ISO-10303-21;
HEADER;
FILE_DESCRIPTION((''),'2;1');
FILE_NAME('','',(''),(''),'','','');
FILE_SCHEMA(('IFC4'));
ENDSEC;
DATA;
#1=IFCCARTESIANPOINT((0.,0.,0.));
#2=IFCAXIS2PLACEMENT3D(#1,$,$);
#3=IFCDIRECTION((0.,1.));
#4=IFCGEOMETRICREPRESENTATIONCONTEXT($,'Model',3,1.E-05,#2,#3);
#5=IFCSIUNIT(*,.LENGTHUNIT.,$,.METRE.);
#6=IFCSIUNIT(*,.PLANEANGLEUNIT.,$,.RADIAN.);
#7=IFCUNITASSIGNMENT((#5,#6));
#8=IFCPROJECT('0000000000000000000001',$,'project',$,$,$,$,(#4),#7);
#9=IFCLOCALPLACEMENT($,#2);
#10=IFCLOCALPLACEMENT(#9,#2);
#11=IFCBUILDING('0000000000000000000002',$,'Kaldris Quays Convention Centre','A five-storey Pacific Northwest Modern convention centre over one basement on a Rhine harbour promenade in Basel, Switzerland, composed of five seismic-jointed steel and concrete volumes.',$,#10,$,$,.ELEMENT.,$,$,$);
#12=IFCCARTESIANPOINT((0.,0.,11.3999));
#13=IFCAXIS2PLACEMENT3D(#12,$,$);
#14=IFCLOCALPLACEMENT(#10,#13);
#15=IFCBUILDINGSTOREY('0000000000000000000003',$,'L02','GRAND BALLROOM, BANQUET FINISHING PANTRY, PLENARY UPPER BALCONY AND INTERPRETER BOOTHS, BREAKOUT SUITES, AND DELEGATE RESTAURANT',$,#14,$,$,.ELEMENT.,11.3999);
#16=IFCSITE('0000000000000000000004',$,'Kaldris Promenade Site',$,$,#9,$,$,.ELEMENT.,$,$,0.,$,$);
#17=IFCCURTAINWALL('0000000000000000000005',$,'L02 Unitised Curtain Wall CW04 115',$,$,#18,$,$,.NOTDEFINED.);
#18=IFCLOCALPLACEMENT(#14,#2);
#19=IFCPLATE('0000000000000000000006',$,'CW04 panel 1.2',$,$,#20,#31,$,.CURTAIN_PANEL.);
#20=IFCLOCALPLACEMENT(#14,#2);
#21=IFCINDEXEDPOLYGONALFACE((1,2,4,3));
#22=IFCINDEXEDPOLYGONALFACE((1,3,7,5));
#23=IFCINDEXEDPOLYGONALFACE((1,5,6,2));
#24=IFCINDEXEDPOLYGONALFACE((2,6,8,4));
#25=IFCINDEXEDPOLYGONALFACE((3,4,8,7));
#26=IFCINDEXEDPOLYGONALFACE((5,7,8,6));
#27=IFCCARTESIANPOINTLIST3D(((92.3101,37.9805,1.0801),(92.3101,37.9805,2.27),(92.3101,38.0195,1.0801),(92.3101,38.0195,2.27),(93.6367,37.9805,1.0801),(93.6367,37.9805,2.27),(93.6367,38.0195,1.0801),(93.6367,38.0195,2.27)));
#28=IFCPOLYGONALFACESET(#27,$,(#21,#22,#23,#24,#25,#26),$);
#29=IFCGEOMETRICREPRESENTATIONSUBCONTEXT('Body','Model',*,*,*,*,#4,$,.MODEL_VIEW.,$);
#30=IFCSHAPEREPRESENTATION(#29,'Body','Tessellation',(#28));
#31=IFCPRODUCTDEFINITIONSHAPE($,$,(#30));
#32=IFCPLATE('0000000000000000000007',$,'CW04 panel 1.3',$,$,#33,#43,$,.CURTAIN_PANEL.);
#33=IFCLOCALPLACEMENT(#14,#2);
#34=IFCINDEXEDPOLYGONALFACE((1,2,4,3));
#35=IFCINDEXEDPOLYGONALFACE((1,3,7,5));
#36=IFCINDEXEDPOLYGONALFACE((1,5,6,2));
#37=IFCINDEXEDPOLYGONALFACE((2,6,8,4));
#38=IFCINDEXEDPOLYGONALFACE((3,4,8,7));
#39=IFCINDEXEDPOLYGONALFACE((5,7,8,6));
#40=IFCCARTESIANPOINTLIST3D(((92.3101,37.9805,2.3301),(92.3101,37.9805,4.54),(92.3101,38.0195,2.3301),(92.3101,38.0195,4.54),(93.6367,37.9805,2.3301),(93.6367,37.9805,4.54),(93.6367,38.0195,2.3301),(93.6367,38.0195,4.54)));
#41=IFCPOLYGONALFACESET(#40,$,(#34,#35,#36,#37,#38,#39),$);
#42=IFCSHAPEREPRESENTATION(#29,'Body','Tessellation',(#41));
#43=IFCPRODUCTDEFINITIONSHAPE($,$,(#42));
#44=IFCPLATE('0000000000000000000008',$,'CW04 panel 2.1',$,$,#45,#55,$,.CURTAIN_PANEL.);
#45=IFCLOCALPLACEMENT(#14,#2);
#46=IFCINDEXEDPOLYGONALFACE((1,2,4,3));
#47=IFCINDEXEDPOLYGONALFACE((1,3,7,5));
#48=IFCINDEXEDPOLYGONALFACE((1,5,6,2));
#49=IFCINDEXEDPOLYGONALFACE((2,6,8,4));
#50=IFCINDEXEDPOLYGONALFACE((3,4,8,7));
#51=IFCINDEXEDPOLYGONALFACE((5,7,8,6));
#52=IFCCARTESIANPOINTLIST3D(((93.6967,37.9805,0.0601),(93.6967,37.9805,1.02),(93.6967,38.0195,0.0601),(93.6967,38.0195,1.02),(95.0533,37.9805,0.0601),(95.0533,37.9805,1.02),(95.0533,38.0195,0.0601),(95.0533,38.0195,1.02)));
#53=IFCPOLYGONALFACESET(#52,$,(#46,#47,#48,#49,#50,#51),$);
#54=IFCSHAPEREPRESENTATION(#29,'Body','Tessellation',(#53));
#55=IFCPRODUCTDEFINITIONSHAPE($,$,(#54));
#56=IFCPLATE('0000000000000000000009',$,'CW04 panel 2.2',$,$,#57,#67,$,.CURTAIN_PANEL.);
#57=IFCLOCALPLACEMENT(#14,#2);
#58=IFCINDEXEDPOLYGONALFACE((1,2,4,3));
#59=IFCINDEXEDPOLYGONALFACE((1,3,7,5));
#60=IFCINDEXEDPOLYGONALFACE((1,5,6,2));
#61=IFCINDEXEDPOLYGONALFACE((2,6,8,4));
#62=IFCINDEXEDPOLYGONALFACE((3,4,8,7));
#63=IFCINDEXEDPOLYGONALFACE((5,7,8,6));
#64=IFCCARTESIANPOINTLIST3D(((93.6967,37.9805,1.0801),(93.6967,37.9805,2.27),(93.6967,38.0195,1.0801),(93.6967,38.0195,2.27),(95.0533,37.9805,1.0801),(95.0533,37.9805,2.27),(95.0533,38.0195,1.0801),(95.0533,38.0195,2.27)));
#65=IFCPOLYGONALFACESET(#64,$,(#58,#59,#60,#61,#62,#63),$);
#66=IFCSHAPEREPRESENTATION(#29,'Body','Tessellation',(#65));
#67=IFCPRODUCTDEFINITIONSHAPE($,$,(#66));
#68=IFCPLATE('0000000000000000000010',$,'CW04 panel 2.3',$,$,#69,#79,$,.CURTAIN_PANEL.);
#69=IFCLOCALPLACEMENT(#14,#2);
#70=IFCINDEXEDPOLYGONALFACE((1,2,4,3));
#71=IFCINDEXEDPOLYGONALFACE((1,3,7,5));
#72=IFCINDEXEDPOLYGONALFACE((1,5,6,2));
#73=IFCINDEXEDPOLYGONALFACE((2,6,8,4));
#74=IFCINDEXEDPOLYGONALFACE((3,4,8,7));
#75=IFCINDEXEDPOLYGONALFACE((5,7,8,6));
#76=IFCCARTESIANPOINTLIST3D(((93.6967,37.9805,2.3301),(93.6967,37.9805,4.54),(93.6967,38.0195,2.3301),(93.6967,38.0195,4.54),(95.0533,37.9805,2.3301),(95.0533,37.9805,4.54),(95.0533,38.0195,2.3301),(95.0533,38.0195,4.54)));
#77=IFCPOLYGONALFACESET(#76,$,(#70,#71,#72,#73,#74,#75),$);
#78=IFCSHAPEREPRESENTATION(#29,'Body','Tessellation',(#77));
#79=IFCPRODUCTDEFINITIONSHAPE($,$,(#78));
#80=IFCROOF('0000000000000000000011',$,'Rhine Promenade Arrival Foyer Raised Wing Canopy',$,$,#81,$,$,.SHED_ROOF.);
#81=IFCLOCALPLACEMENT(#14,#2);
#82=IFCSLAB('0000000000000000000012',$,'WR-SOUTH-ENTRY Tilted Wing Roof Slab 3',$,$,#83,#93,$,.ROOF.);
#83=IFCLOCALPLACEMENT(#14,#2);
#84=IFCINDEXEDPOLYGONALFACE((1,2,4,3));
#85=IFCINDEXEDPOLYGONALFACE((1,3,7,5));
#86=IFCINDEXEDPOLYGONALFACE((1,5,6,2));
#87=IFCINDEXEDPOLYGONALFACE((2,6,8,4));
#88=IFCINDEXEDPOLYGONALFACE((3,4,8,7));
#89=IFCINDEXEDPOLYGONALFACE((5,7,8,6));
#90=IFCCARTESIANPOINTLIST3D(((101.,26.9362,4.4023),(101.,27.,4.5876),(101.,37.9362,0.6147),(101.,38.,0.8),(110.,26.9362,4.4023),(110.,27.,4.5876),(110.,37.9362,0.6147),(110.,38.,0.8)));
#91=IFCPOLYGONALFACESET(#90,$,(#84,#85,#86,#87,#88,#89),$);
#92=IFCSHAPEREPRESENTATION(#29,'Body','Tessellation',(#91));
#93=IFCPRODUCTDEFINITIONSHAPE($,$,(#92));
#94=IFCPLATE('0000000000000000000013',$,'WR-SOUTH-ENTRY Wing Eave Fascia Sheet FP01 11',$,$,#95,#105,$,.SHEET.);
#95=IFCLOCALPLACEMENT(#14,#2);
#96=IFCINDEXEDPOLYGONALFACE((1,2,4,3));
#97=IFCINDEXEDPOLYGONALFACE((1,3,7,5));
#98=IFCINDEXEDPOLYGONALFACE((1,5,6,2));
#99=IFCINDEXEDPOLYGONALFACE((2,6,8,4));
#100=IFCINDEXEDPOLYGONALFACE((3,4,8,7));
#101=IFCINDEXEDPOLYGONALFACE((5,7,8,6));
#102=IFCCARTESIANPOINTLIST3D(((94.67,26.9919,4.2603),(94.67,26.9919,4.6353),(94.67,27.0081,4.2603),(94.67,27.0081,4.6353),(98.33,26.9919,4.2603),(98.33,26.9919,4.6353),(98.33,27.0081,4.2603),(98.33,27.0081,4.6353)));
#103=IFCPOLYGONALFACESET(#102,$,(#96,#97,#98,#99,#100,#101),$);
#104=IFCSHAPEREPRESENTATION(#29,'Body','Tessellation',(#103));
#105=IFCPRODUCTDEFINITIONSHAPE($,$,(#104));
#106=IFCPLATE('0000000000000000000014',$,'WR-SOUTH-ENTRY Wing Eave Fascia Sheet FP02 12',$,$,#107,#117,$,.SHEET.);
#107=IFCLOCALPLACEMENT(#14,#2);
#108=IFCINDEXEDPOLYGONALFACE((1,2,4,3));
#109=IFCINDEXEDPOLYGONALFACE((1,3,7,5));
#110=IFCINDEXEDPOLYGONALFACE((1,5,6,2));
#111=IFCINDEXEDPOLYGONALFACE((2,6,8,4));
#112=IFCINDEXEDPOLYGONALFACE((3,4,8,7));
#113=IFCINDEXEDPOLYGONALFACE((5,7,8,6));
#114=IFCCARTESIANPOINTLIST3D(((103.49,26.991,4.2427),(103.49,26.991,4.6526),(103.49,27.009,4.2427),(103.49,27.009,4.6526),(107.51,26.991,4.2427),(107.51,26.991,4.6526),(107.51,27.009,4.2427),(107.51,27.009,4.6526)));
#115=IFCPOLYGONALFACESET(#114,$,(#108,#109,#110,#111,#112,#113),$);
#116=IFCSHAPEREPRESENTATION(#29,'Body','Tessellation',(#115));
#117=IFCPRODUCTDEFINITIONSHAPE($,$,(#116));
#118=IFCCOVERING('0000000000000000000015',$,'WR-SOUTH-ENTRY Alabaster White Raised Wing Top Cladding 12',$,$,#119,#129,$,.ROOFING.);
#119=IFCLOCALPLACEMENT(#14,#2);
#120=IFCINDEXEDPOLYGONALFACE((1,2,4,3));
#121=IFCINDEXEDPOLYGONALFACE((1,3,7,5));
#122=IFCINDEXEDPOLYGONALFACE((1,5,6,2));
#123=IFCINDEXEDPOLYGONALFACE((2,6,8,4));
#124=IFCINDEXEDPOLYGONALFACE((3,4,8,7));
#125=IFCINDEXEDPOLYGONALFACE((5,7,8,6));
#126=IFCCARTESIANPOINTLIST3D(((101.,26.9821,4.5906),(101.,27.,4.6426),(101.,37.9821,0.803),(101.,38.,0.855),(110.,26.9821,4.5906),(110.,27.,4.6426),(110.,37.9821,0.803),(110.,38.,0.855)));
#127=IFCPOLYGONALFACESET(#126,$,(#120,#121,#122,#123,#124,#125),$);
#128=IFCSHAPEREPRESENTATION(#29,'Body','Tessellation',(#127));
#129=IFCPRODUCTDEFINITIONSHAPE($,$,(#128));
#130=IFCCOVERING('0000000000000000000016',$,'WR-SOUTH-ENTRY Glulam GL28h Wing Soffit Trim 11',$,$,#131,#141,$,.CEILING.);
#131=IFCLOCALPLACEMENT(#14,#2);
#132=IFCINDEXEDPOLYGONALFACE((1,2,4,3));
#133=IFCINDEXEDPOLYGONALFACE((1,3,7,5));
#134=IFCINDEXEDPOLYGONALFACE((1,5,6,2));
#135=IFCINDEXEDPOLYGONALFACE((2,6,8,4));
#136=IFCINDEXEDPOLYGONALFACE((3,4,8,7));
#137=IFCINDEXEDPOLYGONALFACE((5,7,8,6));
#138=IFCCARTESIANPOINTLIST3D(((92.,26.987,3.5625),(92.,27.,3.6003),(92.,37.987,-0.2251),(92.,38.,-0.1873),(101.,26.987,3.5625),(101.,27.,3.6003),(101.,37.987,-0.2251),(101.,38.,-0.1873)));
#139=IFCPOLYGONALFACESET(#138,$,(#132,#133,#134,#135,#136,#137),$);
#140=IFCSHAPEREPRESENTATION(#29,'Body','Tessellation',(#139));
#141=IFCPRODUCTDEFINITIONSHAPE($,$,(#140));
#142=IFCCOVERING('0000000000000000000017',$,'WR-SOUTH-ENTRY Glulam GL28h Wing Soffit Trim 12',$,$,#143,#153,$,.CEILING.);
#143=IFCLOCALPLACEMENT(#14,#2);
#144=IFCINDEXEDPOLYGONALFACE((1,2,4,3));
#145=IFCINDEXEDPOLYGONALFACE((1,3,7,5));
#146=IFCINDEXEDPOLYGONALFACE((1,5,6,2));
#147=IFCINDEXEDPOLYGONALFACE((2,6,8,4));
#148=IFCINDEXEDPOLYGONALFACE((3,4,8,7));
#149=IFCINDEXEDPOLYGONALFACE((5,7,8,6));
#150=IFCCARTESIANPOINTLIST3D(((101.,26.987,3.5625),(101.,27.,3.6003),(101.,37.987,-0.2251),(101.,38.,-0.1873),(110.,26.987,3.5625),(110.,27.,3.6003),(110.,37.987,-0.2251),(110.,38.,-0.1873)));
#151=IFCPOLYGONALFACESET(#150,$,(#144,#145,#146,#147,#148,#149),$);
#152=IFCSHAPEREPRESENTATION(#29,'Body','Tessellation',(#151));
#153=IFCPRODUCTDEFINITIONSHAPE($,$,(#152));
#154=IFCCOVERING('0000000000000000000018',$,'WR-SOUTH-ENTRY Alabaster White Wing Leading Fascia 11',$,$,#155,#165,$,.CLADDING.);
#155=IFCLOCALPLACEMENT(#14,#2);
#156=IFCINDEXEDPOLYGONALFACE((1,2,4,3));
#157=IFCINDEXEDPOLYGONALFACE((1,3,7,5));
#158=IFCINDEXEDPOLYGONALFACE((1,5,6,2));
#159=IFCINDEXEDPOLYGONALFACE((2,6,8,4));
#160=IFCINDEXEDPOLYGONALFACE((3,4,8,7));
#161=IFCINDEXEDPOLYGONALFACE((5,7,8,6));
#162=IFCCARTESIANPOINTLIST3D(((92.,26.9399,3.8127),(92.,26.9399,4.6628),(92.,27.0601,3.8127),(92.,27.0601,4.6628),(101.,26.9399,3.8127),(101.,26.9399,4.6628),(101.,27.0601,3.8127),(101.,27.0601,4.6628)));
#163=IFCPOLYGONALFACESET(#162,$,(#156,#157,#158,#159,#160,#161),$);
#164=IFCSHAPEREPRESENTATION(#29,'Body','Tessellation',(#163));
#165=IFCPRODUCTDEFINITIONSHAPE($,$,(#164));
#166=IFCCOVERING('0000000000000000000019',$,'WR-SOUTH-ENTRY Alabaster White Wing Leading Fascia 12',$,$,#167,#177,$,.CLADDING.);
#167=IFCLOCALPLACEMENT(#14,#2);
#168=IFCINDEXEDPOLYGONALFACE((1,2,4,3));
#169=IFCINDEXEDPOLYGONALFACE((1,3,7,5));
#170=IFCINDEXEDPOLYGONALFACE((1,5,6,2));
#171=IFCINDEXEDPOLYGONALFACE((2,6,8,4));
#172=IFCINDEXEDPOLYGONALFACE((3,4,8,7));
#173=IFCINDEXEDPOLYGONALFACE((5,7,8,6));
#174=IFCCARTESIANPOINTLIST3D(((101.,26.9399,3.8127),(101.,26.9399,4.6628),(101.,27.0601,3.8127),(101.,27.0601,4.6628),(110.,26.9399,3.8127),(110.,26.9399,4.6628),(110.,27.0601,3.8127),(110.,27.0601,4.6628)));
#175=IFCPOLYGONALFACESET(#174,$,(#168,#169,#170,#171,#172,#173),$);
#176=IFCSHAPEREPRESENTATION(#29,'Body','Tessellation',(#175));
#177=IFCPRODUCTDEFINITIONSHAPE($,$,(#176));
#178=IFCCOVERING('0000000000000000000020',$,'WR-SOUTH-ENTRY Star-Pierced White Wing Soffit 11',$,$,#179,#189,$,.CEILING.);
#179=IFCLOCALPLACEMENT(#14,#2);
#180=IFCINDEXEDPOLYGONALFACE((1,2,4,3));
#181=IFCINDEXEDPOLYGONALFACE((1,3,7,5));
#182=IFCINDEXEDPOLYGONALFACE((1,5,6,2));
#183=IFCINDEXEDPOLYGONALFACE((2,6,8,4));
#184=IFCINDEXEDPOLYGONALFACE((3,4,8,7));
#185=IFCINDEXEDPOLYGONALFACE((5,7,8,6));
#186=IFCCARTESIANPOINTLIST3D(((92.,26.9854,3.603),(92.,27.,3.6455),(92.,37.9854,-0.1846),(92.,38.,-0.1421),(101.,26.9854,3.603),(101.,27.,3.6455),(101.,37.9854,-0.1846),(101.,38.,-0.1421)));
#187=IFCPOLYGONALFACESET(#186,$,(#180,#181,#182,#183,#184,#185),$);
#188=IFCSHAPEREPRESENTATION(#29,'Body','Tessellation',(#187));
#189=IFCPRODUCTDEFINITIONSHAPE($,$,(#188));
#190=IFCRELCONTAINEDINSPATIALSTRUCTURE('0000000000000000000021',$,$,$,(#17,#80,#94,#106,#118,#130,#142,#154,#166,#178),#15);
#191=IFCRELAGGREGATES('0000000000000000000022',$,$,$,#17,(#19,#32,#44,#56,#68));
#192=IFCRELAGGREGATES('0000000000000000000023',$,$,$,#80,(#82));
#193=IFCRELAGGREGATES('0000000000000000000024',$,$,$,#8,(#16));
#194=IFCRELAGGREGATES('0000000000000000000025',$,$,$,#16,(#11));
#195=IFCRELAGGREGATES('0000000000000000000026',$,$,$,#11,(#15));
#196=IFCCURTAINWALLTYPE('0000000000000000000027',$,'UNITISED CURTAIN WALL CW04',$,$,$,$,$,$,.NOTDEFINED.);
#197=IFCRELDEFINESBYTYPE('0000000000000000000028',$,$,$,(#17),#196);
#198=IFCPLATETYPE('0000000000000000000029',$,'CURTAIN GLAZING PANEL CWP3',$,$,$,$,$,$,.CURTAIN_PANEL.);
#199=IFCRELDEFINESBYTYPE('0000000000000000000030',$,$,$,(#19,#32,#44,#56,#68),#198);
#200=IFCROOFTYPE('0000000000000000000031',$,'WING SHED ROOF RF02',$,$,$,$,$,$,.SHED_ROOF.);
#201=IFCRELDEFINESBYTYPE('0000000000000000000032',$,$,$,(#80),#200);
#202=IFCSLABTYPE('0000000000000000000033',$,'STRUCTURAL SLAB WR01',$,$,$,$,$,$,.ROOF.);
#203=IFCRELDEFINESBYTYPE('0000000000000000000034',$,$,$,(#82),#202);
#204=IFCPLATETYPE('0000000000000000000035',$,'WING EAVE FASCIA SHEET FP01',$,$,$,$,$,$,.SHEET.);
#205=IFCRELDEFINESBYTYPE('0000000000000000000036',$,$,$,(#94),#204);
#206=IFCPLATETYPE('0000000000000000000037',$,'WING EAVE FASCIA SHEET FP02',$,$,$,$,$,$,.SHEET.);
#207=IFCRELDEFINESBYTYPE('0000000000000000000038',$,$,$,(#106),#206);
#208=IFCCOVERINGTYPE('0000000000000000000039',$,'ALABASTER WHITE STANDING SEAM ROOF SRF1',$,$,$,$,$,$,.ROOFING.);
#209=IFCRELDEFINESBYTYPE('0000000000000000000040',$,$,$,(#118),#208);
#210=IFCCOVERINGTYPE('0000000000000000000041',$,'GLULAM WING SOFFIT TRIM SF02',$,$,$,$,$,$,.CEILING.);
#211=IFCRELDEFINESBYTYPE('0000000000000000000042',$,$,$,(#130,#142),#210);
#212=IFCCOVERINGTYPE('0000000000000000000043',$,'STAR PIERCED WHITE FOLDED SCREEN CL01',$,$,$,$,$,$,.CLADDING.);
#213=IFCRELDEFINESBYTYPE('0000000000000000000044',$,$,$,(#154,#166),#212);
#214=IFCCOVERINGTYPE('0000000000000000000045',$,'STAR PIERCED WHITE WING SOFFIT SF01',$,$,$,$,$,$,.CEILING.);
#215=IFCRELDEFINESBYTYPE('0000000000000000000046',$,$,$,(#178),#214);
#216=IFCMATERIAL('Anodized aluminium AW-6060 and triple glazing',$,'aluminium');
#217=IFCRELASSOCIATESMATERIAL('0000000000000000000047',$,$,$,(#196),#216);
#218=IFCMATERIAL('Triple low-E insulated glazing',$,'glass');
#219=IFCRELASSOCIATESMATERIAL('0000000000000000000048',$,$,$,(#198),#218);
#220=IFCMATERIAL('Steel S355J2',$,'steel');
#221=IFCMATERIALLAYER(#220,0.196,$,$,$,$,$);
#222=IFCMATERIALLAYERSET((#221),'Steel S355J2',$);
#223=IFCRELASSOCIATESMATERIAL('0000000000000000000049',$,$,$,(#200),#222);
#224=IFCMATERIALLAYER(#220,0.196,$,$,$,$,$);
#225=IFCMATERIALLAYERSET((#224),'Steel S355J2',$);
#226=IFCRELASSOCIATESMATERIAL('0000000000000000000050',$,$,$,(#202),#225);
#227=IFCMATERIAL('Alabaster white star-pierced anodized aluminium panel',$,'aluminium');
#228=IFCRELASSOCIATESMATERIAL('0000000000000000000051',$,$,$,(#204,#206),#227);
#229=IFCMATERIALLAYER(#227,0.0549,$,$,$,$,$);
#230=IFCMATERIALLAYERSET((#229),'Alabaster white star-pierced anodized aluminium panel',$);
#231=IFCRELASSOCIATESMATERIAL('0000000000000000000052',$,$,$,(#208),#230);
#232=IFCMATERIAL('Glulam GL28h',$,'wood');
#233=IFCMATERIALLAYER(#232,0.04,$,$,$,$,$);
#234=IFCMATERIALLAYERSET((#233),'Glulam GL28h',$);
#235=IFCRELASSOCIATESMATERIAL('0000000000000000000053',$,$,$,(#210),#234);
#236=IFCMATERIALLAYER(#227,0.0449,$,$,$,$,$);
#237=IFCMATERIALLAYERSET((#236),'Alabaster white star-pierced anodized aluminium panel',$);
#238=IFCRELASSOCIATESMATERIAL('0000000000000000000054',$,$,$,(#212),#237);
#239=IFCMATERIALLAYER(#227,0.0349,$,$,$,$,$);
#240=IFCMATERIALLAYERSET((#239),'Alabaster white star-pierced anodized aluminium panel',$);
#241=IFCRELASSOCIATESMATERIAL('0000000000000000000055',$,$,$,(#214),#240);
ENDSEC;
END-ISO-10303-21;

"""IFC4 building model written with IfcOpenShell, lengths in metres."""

from ifc_helpers import new_model, si_unit, direction, frame, origin, origin_2d, place, context, subcontext, project, spatial, polyline, rectangle, outline, extrude, material, layer, layer_set, type_object, element, aggregate, save


model = new_model("IFC4")

# Units and contexts
model_context = context("Model", 3, precision=1e-05, world=origin(), true_north=direction((0.0, 1.0)))
body_context = subcontext(model_context, "Body", "Model", "MODEL_VIEW")
ifc_project = project(units=[si_unit("LENGTHUNIT", "METRE"), si_unit("PLANEANGLEUNIT", "RADIAN")], contexts=[model_context])

# Site, building, storey
site_placement = place(None, origin())
site = spatial("IfcSite", under=ifc_project, at=site_placement, Name="Kaldris Promenade Site", CompositionType="ELEMENT", RefElevation=0.0)
building_placement = place(site_placement, origin())
building = spatial("IfcBuilding", under=site, at=building_placement, Name="Kaldris Quays Convention Centre", Description="A five-storey Pacific Northwest Modern convention centre over one basement on a Rhine harbour promenade in Basel, Switzerland, composed of five seismic-jointed steel and concrete volumes.", CompositionType="ELEMENT")
storey_placement = place(building_placement, frame((0.0, 0.0, 11.3999)))
storey = spatial("IfcBuildingStorey", under=building, at=storey_placement, Name="L02", Description="GRAND BALLROOM, BANQUET FINISHING PANTRY, PLENARY UPPER BALCONY AND INTERPRETER BOOTHS, BREAKOUT SUITES, AND DELEGATE RESTAURANT", CompositionType="ELEMENT", Elevation=11.3999)

# Shared definitions
ifc_material_1 = material(Name="Steel S355J2", Category="steel")

# Curtain wall
ifc_material_2 = material(Name="Anodized aluminium AW-6060 and triple glazing", Category="aluminium")
curtain_wall_type = type_object("IfcCurtainWallType", Name="UNITISED CURTAIN WALL CW04", PredefinedType="NOTDEFINED", material=ifc_material_2)
curtain_wall_placement = place(storey_placement, origin())
curtain_wall = element("IfcCurtainWall", 1, at=curtain_wall_placement, inside=storey, type_object=curtain_wall_type, Name="L02 Unitised Curtain Wall CW04 115", PredefinedType="NOTDEFINED")

# Shared definitions
ifc_material_3 = material(Name="Glulam GL28h", Category="wood")

# Plates
ifc_material_4 = material(Name="Triple low-E insulated glazing", Category="glass")
plate_type_1 = type_object("IfcPlateType", Name="CURTAIN GLAZING PANEL CWP3", PredefinedType="CURTAIN_PANEL", material=ifc_material_4)
plate_1_placement = place(storey_placement, frame((92.9734, 38.0, 1.0801), z_axis=(0.0, 0.0, 1.0), x_axis=(1.0, 0.0, 0.0)))
plate_1 = element("IfcPlate", 2, at=plate_1_placement, type_object=plate_type_1, Name="CW04 panel 1.2", PredefinedType="CURTAIN_PANEL", context=body_context, shape_type="SweptSolid", body=[
    extrude(rectangle(XDim=1.3267, YDim=0.0391, at=origin_2d()), origin(), (0.0, 0.0, 1.0), 1.1899),
])
plate_2_placement = place(storey_placement, frame((92.9734, 38.0, 2.3301), z_axis=(0.0, 0.0, 1.0), x_axis=(1.0, 0.0, 0.0)))
plate_2 = element("IfcPlate", 3, at=plate_2_placement, type_object=plate_type_1, Name="CW04 panel 1.3", PredefinedType="CURTAIN_PANEL", context=body_context, shape_type="SweptSolid", body=[
    extrude(rectangle(XDim=1.3267, YDim=0.0391, at=origin_2d()), origin(), (0.0, 0.0, 1.0), 2.21),
])
plate_3_placement = place(storey_placement, frame((94.375, 38.0, 0.0601), z_axis=(0.0, 0.0, 1.0), x_axis=(1.0, 0.0, 0.0)))
plate_3 = element("IfcPlate", 4, at=plate_3_placement, type_object=plate_type_1, Name="CW04 panel 2.1", PredefinedType="CURTAIN_PANEL", context=body_context, shape_type="SweptSolid", body=[
    extrude(rectangle(XDim=1.3567, YDim=0.0391, at=origin_2d()), origin(), (0.0, 0.0, 1.0), 0.96),
])
plate_4_placement = place(storey_placement, frame((94.375, 38.0, 1.0801), z_axis=(0.0, 0.0, 1.0), x_axis=(1.0, 0.0, 0.0)))
plate_4 = element("IfcPlate", 5, at=plate_4_placement, type_object=plate_type_1, Name="CW04 panel 2.2", PredefinedType="CURTAIN_PANEL", context=body_context, shape_type="SweptSolid", body=[
    extrude(rectangle(XDim=1.3567, YDim=0.0391, at=origin_2d()), origin(), (0.0, 0.0, 1.0), 1.1899),
])
plate_5_placement = place(storey_placement, frame((94.375, 38.0, 2.3301), z_axis=(0.0, 0.0, 1.0), x_axis=(1.0, 0.0, 0.0)))
plate_5 = element("IfcPlate", 6, at=plate_5_placement, type_object=plate_type_1, Name="CW04 panel 2.3", PredefinedType="CURTAIN_PANEL", context=body_context, shape_type="SweptSolid", body=[
    extrude(rectangle(XDim=1.3567, YDim=0.0391, at=origin_2d()), origin(), (0.0, 0.0, 1.0), 2.21),
])
aggregate(curtain_wall, [plate_1, plate_2, plate_3, plate_4, plate_5])

# Roof, slab
ifc_layer_1 = layer(ifc_material_1, 0.196)
ifc_layer_set_1 = layer_set([ifc_layer_1], Name="Steel S355J2")
roof_type = type_object("IfcRoofType", Name="WING SHED ROOF RF02", PredefinedType="SHED_ROOF", material=ifc_layer_set_1)
roof_placement = place(storey_placement, origin())
roof = element("IfcRoof", 7, at=roof_placement, inside=storey, type_object=roof_type, Name="Rhine Promenade Arrival Foyer Raised Wing Canopy", PredefinedType="SHED_ROOF")
ifc_layer_2 = layer(ifc_material_1, 0.196)
ifc_layer_set_2 = layer_set([ifc_layer_2], Name="Steel S355J2")
slab_type = type_object("IfcSlabType", Name="STRUCTURAL SLAB WR01", PredefinedType="ROOF", material=ifc_layer_set_2)
slab_placement = place(storey_placement, frame((101.0, 27.0, 4.5876), z_axis=(0.0, 0.325568, 0.945519), x_axis=(1.0, 0.0, 0.0)))
slab = element("IfcSlab", 8, at=slab_placement, type_object=slab_type, Name="WR-SOUTH-ENTRY Tilted Wing Roof Slab 3", PredefinedType="ROOF", context=body_context, shape_type="SweptSolid", body=[
    extrude(outline(polyline([(0.0, 0.0), (9.0, 0.0), (9.0, 11.6338), (0.0, 11.6338), (0.0, 0.0)])), origin(), (0.0, 0.0, -1.0), 0.196),
])
aggregate(roof, [slab])

# Plates
ifc_material_5 = material(Name="Alabaster white star-pierced anodized aluminium panel", Category="aluminium")
plate_type_2 = type_object("IfcPlateType", Name="WING EAVE FASCIA SHEET FP01", PredefinedType="SHEET", material=ifc_material_5)
plate_6_placement = place(storey_placement, frame((96.5, 27.0, 4.2603), z_axis=(0.0, 0.0, 1.0), x_axis=(1.0, 0.0, 0.0)))
element("IfcPlate", 9, at=plate_6_placement, inside=storey, type_object=plate_type_2, Name="WR-SOUTH-ENTRY Wing Eave Fascia Sheet FP01 11", PredefinedType="SHEET", context=body_context, shape_type="SweptSolid", body=[
    extrude(rectangle(XDim=3.6599, YDim=0.0161, at=origin_2d()), origin(), (0.0, 0.0, 1.0), 0.375),
])
plate_type_3 = type_object("IfcPlateType", Name="WING EAVE FASCIA SHEET FP02", PredefinedType="SHEET", material=ifc_material_5)
plate_7_placement = place(storey_placement, frame((105.5, 27.0, 4.2427), z_axis=(0.0, 0.0, 1.0), x_axis=(1.0, 0.0, 0.0)))
element("IfcPlate", 10, at=plate_7_placement, inside=storey, type_object=plate_type_3, Name="WR-SOUTH-ENTRY Wing Eave Fascia Sheet FP02 12", PredefinedType="SHEET", context=body_context, shape_type="SweptSolid", body=[
    extrude(rectangle(XDim=4.02, YDim=0.0181, at=origin_2d()), origin(), (0.0, 0.0, 1.0), 0.4099),
])

# Coverings
ifc_layer_3 = layer(ifc_material_5, 0.0549)
ifc_layer_set_3 = layer_set([ifc_layer_3], Name="Alabaster white star-pierced anodized aluminium panel")
covering_type_1 = type_object("IfcCoveringType", Name="ALABASTER WHITE STANDING SEAM ROOF SRF1", PredefinedType="ROOFING", material=ifc_layer_set_3)
covering_placement = place(storey_placement, frame((101.0, 27.0, 4.6426), z_axis=(0.0, 0.325568, 0.945519), x_axis=(1.0, 0.0, 0.0)))
element("IfcCovering", 11, at=covering_placement, inside=storey, type_object=covering_type_1, Name="WR-SOUTH-ENTRY Alabaster White Raised Wing Top Cladding 12", PredefinedType="ROOFING", context=body_context, shape_type="SweptSolid", body=[
    extrude(outline(polyline([(0.0, 0.0), (9.0, 0.0), (9.0, 11.6338), (0.0, 11.6338), (0.0, 0.0)])), origin(), (0.0, 0.0, -1.0), 0.0549),
])
ifc_layer_4 = layer(ifc_material_3, 0.04)
ifc_layer_set_4 = layer_set([ifc_layer_4], Name="Glulam GL28h")
covering_type_2 = type_object("IfcCoveringType", Name="GLULAM WING SOFFIT TRIM SF02", PredefinedType="CEILING", material=ifc_layer_set_4)
for number, where, z_axis, x_axis, name in (
    (12, (92.0, 27.0, 3.6003), (0.0, 0.325568, 0.945519), (1.0, 0.0, 0.0), "WR-SOUTH-ENTRY Glulam GL28h Wing Soffit Trim 11"),
    (13, (101.0, 27.0, 3.6003), (0.0, 0.325568, 0.945519), (1.0, 0.0, 0.0), "WR-SOUTH-ENTRY Glulam GL28h Wing Soffit Trim 12"),
):
    element("IfcCovering", number, at=place(storey_placement, frame(where, z_axis=z_axis, x_axis=x_axis)), inside=storey, type_object=covering_type_2, Name=name, PredefinedType="CEILING", context=body_context, shape_type="SweptSolid", body=[
        extrude(outline(polyline([(0.0, 0.0), (9.0, 0.0), (9.0, 11.6338), (0.0, 11.6338), (0.0, 0.0)])), origin(), (0.0, 0.0, -1.0), 0.04),
    ])
ifc_layer_5 = layer(ifc_material_5, 0.0449)
ifc_layer_set_5 = layer_set([ifc_layer_5], Name="Alabaster white star-pierced anodized aluminium panel")
covering_type_3 = type_object("IfcCoveringType", Name="STAR PIERCED WHITE FOLDED SCREEN CL01", PredefinedType="CLADDING", material=ifc_layer_set_5)
for number, where, z_axis, x_axis, name in (
    (14, (96.5, 27.0, 3.8127), (0.0, 0.0, 1.0), (1.0, 0.0, 0.0), "WR-SOUTH-ENTRY Alabaster White Wing Leading Fascia 11"),
    (15, (105.5, 27.0, 3.8127), (0.0, 0.0, 1.0), (1.0, 0.0, 0.0), "WR-SOUTH-ENTRY Alabaster White Wing Leading Fascia 12"),
):
    element("IfcCovering", number, at=place(storey_placement, frame(where, z_axis=z_axis, x_axis=x_axis)), inside=storey, type_object=covering_type_3, Name=name, PredefinedType="CLADDING", context=body_context, shape_type="SweptSolid", body=[
        extrude(rectangle(XDim=9.0, YDim=0.1201, at=origin_2d()), origin(), (0.0, 0.0, 1.0), 0.8501),
    ])
ifc_layer_6 = layer(ifc_material_5, 0.0349)
ifc_layer_set_6 = layer_set([ifc_layer_6], Name="Alabaster white star-pierced anodized aluminium panel")
covering_type_4 = type_object("IfcCoveringType", Name="STAR PIERCED WHITE WING SOFFIT SF01", PredefinedType="CEILING", material=ifc_layer_set_6)
for number, where, z_axis, x_axis, name in (
    (16, (92.0, 27.0, 3.6455), (0.0, 0.325568, 0.945519), (1.0, 0.0, 0.0), "WR-SOUTH-ENTRY Star-Pierced White Wing Soffit 11"),
):
    element("IfcCovering", number, at=place(storey_placement, frame(where, z_axis=z_axis, x_axis=x_axis)), inside=storey, type_object=covering_type_4, Name=name, PredefinedType="CEILING", context=body_context, shape_type="SweptSolid", body=[
        extrude(outline(polyline([(0.0, 0.0), (9.0, 0.0), (9.0, 11.6338), (0.0, 11.6338), (0.0, 0.0)])), origin(), (0.0, 0.0, -1.0), 0.0449),
    ])

save(model, "model.ifc")
